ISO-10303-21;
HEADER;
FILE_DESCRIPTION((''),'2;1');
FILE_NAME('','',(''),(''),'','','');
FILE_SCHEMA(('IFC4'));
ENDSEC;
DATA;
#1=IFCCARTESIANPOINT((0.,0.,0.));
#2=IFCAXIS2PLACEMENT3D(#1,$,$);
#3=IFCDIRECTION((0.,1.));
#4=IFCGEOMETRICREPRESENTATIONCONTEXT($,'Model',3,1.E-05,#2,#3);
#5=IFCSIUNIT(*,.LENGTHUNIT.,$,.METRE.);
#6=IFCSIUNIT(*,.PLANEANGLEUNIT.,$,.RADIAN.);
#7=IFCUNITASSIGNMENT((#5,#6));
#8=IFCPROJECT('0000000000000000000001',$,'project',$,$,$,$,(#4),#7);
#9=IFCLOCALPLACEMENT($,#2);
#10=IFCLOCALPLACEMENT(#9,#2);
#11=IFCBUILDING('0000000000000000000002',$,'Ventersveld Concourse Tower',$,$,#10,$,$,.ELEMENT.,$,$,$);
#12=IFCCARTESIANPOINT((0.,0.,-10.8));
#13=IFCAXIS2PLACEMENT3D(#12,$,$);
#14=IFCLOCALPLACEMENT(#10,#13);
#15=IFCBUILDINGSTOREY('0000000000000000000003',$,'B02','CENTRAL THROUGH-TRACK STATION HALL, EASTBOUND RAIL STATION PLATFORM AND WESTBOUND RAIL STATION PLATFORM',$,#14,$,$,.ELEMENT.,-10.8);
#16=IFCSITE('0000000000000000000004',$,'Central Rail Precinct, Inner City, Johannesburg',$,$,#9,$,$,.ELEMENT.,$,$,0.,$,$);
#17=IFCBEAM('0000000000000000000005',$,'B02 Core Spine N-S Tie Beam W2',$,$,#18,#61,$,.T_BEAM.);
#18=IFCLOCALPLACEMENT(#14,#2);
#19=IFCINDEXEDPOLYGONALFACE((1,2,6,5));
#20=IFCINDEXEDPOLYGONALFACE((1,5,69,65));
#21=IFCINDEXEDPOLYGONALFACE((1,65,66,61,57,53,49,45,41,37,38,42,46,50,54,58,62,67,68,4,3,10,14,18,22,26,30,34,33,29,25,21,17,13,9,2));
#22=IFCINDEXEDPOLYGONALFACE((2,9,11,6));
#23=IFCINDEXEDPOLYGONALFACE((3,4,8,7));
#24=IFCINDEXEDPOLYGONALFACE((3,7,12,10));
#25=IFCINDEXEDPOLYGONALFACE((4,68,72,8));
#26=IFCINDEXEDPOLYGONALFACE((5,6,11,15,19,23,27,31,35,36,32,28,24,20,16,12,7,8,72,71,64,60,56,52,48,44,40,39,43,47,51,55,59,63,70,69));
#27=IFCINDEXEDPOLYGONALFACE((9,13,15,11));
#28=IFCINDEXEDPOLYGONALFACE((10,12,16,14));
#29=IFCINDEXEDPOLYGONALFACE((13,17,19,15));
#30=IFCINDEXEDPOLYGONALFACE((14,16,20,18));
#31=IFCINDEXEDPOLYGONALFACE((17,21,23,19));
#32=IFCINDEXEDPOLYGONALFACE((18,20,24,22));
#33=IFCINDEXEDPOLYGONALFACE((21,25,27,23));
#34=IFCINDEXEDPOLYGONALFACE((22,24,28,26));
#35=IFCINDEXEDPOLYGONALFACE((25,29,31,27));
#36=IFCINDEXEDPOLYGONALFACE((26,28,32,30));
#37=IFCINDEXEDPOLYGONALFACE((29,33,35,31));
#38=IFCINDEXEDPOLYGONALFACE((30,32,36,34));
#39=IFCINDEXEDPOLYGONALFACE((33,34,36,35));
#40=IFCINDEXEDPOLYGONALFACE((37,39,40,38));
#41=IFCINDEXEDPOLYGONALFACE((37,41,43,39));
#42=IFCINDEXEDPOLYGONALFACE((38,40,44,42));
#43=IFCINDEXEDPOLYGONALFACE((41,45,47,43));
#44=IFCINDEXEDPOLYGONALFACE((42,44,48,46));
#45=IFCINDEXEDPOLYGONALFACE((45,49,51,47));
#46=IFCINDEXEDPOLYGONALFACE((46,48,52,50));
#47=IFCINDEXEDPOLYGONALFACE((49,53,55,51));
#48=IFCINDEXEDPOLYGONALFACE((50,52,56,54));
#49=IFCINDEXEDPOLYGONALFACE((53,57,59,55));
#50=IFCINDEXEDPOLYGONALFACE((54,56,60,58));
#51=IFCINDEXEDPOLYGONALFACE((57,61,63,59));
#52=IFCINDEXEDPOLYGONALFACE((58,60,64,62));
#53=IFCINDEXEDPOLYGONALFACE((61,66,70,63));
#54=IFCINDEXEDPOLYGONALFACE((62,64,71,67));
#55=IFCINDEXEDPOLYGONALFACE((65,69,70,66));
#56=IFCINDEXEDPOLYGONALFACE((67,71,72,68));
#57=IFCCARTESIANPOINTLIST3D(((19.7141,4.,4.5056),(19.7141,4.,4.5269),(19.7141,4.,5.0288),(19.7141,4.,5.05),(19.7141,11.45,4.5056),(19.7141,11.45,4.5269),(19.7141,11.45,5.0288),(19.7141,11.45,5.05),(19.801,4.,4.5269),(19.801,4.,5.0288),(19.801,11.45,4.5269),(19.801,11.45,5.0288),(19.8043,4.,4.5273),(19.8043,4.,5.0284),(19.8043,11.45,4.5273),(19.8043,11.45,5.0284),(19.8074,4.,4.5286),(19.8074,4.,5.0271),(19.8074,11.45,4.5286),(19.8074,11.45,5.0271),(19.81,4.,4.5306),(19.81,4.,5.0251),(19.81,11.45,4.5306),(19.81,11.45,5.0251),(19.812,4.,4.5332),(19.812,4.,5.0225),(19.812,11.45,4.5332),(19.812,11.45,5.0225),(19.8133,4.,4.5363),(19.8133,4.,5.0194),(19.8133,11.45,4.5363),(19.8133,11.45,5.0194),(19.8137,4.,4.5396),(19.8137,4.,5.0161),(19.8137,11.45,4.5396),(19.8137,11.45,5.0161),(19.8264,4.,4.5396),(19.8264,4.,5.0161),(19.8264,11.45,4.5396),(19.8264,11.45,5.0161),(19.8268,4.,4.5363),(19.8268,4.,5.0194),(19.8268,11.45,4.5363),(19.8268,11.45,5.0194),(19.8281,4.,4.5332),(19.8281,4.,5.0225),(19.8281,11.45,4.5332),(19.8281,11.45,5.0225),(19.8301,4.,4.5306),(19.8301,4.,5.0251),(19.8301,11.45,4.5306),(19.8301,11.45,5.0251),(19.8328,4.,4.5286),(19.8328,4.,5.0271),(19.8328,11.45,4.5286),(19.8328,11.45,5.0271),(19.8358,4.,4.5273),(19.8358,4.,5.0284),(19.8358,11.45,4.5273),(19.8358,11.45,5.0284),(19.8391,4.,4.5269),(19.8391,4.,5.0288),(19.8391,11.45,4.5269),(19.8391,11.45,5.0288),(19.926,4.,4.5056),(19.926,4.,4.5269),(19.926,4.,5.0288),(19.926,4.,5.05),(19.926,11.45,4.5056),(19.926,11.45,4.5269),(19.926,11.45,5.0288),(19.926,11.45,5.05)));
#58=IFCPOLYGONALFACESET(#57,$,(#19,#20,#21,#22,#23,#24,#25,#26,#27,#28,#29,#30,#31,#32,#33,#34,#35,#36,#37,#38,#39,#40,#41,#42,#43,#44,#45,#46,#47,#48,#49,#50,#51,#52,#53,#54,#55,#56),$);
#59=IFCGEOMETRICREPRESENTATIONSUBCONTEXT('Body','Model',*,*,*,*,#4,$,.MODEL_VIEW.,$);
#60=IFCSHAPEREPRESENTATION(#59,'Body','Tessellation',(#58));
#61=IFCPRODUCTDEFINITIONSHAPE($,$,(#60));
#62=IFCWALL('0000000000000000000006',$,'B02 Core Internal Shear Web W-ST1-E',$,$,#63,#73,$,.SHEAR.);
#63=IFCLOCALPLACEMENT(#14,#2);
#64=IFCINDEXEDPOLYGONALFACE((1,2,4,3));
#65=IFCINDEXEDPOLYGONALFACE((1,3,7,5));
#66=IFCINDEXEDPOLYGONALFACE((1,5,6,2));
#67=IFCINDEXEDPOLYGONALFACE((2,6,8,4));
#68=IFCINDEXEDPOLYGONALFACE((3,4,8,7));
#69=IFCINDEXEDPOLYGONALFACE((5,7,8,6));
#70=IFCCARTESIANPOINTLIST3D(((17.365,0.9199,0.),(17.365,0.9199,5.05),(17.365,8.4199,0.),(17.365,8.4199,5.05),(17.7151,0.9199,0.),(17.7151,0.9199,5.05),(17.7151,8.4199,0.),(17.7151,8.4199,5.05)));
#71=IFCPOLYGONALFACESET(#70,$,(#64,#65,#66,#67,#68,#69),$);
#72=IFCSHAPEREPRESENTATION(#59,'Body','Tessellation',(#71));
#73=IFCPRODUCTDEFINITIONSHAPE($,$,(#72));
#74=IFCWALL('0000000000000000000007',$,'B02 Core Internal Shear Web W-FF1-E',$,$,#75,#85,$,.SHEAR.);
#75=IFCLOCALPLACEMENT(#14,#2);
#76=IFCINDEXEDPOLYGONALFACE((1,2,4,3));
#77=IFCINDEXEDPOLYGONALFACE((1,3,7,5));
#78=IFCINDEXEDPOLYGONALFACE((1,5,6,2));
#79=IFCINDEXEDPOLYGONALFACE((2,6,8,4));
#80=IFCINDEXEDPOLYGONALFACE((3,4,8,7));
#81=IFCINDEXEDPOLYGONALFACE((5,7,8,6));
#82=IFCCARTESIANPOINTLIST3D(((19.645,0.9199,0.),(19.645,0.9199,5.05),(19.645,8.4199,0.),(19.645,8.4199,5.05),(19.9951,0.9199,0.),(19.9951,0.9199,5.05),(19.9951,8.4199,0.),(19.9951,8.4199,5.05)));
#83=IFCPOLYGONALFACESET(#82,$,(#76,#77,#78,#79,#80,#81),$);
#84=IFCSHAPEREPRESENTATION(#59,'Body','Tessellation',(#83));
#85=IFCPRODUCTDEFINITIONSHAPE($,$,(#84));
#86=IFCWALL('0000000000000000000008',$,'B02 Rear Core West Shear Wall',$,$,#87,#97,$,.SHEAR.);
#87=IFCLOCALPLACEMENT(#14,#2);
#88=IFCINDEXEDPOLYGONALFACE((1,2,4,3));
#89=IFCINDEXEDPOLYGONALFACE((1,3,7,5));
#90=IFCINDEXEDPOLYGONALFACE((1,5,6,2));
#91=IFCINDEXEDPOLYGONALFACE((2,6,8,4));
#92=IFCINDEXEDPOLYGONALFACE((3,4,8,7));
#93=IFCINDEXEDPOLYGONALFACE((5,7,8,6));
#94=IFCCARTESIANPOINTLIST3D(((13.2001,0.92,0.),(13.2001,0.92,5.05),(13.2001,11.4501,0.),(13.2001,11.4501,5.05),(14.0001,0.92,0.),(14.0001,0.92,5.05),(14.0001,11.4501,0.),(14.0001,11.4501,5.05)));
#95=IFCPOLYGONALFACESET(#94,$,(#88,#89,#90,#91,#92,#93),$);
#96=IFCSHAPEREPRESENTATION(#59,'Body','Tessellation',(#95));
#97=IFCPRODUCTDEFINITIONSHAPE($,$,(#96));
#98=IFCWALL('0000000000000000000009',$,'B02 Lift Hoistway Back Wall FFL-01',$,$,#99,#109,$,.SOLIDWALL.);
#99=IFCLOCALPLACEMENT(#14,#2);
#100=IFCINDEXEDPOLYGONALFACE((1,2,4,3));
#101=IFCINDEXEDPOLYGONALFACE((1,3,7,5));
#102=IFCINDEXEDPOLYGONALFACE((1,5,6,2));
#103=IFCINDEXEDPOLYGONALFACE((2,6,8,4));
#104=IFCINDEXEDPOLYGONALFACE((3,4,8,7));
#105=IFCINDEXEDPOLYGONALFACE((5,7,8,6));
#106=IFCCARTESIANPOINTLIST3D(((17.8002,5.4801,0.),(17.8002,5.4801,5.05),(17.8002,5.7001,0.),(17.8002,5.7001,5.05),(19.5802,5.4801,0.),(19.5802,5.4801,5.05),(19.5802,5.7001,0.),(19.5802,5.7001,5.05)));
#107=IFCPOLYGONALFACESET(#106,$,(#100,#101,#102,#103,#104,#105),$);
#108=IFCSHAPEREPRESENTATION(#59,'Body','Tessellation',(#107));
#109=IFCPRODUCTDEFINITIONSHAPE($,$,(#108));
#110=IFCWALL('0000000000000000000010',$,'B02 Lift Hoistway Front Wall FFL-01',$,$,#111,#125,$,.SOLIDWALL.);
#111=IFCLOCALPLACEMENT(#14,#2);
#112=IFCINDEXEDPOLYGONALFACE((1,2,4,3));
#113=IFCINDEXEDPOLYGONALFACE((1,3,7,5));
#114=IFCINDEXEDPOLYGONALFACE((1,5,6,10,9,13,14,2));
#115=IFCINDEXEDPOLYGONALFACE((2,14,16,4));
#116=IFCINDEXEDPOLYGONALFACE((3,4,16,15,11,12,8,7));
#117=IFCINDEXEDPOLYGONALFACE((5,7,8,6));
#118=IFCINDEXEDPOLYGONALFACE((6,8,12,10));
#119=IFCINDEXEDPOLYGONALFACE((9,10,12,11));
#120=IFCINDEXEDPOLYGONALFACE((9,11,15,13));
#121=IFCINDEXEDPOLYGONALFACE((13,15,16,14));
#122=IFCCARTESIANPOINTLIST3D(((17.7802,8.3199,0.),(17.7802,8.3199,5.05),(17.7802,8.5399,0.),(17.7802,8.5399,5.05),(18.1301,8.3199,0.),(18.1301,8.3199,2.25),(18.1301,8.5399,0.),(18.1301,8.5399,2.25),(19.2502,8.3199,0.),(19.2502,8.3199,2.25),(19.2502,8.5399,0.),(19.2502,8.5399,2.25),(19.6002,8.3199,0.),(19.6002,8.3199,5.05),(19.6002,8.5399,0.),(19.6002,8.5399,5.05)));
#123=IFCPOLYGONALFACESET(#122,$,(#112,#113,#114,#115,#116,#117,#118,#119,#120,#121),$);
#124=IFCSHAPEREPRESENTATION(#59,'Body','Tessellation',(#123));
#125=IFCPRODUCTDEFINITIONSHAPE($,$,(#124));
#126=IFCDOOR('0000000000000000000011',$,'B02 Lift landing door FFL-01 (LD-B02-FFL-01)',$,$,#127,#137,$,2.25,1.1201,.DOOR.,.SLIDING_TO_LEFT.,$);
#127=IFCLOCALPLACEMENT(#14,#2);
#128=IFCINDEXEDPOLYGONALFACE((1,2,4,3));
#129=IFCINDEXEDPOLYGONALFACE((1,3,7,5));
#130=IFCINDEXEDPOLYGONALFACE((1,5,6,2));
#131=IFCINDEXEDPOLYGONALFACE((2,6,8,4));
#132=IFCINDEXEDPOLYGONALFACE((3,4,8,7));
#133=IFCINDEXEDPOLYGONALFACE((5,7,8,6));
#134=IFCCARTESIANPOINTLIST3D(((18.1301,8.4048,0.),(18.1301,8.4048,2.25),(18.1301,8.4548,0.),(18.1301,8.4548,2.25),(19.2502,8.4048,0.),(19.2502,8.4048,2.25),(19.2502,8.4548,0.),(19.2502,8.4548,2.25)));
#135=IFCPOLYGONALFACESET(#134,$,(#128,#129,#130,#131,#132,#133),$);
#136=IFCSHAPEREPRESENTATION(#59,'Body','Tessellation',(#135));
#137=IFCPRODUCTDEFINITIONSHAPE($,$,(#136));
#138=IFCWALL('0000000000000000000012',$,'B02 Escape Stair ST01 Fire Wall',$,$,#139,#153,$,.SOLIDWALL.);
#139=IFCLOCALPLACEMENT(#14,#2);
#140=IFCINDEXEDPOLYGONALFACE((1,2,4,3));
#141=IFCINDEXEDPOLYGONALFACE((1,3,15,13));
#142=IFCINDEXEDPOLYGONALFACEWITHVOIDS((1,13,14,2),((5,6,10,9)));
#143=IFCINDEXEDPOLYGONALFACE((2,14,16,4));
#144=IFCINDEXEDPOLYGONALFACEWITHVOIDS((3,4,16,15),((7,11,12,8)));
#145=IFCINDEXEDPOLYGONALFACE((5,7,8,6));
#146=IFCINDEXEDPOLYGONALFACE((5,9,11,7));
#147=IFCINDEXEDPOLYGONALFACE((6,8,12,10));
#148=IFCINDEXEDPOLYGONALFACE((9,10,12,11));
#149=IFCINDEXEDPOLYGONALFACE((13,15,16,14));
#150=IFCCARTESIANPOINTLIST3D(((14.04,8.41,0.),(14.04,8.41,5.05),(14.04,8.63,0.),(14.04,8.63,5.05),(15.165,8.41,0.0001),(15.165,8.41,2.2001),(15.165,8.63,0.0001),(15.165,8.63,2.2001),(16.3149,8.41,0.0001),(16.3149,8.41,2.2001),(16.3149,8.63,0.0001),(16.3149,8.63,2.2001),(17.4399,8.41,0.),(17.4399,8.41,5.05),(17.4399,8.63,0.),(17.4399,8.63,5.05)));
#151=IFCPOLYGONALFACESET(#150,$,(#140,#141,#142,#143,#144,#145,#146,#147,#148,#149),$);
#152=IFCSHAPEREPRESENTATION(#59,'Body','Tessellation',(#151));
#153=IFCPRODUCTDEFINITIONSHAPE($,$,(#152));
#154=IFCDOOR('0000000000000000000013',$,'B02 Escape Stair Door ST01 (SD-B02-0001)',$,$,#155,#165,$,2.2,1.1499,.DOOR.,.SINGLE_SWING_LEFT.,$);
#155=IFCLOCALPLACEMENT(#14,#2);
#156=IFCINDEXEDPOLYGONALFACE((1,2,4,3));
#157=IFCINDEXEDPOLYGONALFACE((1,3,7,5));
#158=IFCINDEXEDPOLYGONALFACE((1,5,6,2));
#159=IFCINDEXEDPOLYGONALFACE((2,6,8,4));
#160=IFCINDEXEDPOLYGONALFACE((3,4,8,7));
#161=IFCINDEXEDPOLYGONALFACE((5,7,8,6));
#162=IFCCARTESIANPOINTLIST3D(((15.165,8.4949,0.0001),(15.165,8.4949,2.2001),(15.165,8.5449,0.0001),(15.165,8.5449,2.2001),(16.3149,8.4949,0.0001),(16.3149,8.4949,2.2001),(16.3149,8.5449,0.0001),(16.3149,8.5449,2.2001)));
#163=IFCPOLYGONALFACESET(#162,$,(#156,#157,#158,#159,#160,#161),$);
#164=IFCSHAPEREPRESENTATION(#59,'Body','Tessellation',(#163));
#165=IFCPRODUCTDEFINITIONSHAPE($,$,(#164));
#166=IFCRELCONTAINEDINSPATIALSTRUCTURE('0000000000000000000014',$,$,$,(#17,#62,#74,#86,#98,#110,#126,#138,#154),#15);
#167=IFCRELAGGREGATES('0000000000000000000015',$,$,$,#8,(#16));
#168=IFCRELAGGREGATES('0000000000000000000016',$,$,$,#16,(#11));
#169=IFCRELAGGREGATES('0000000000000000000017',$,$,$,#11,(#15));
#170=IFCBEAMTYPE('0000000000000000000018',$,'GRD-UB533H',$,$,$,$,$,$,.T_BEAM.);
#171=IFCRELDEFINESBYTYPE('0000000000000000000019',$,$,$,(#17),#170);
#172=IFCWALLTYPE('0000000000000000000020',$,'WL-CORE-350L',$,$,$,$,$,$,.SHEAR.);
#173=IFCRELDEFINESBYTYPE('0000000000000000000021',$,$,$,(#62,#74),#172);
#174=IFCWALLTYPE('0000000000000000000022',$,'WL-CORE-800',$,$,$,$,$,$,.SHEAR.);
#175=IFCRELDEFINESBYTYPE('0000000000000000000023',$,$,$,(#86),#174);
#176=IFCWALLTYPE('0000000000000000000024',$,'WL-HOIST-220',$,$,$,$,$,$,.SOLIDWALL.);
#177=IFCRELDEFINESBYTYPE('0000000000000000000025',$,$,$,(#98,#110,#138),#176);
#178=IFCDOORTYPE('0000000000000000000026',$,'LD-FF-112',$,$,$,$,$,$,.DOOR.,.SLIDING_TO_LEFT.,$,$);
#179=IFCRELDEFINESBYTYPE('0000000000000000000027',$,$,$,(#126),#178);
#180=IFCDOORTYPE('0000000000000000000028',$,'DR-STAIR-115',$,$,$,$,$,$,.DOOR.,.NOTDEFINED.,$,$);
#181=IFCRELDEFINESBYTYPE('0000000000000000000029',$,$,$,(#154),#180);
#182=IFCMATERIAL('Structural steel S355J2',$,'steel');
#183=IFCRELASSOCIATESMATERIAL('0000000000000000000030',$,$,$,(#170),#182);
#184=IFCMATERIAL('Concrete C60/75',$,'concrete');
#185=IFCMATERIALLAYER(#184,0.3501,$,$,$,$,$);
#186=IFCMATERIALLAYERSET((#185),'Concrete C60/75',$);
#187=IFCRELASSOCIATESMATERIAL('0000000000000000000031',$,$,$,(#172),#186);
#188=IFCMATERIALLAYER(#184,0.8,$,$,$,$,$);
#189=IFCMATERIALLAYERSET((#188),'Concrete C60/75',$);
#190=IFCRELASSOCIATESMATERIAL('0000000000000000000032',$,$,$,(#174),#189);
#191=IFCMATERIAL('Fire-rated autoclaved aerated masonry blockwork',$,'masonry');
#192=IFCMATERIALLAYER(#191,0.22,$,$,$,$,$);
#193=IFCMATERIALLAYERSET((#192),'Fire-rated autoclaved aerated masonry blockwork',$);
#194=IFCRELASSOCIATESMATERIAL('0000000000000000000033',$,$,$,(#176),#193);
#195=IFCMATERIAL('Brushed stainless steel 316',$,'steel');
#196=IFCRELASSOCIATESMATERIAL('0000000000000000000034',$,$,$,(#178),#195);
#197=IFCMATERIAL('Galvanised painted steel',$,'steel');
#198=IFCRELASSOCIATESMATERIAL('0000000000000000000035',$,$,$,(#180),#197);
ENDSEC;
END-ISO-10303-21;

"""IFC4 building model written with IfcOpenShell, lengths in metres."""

from ifc_helpers import new_model, si_unit, direction, frame, frame_2d, origin, origin_2d, place, context, subcontext, project, spatial, rectangle, i_section, extrude, material, layer, layer_set, material_profile, profile_set, type_object, element, fill, save


model = new_model("IFC4")

# Units and contexts
model_context = context("Model", 3, precision=1e-05, world=origin(), true_north=direction((0.0, 1.0)))
body_context = subcontext(model_context, "Body", "Model", "MODEL_VIEW")
ifc_project = project(units=[si_unit("LENGTHUNIT", "METRE"), si_unit("PLANEANGLEUNIT", "RADIAN")], contexts=[model_context])

# Site, building, storey
site_placement = place(None, origin())
site = spatial("IfcSite", under=ifc_project, at=site_placement, Name="Central Rail Precinct, Inner City, Johannesburg", CompositionType="ELEMENT", RefElevation=0.0)
building_placement = place(site_placement, origin())
building = spatial("IfcBuilding", under=site, at=building_placement, Name="Ventersveld Concourse Tower", CompositionType="ELEMENT")
storey_placement = place(building_placement, frame((0.0, 0.0, -10.8)))
storey = spatial("IfcBuildingStorey", under=building, at=storey_placement, Name="B02", Description="CENTRAL THROUGH-TRACK STATION HALL, EASTBOUND RAIL STATION PLATFORM AND WESTBOUND RAIL STATION PLATFORM", CompositionType="ELEMENT", Elevation=-10.8)

# Beam
ifc_material_1 = material(Name="Structural steel S355J2", Category="steel")
ifc_material_profile_1 = material_profile(ifc_material_1, i_section(OverallWidth=0.2119, OverallDepth=0.5444, WebThickness=0.0127, FlangeThickness=0.0212, FilletRadius=0.0127, at=origin_2d()), Name="UB 533x210x122")
ifc_profile_set_1 = profile_set([ifc_material_profile_1], Name="Structural steel S355J2")
beam_type = type_object("IfcBeamType", Name="GRD-UB533H", PredefinedType="T_BEAM", material=ifc_profile_set_1)
beam_1_placement = place(storey_placement, frame((19.8201, 4.0, 4.7778), z_axis=(0.0, 1.0, 0.0), x_axis=(-1.0, 0.0, 0.0)))
element("IfcBeam", 1, at=beam_1_placement, inside=storey, type_object=beam_type, Name="B02 Core Spine N-S Tie Beam W2", PredefinedType="T_BEAM", context=body_context, shape_type="SweptSolid", body=[
    extrude(i_section(OverallWidth=0.2119, OverallDepth=0.5444, WebThickness=0.0127, FlangeThickness=0.0212, FilletRadius=0.0127, at=origin_2d()), origin(), (0.0, 0.0, 1.0), 7.45),
])

# Walls
ifc_material_2 = material(Name="Concrete C60/75", Category="concrete")
ifc_layer_1 = layer(ifc_material_2, 0.3501)
ifc_layer_set_1 = layer_set([ifc_layer_1], Name="Concrete C60/75")
wall_type_1 = type_object("IfcWallType", Name="WL-CORE-350L", PredefinedType="SHEAR", material=ifc_layer_set_1)
for number, where, z_axis, x_axis, name in (
    (2, (17.54, 0.9199, 0.0), (0.0, 0.0, 1.0), (0.0, 1.0, 0.0), "B02 Core Internal Shear Web W-ST1-E"),
    (3, (19.8201, 0.9199, 0.0), (0.0, 0.0, 1.0), (0.0, 1.0, 0.0), "B02 Core Internal Shear Web W-FF1-E"),
):
    element("IfcWall", number, at=place(storey_placement, frame(where, z_axis=z_axis, x_axis=x_axis)), inside=storey, type_object=wall_type_1, Name=name, PredefinedType="SHEAR", context=body_context, shape_type="SweptSolid", body=[
        extrude(rectangle(XDim=7.5, YDim=0.3501, at=frame_2d((3.75, 0.0))), origin(), (0.0, 0.0, 1.0), 5.05),
    ])
ifc_layer_2 = layer(ifc_material_2, 0.8)
ifc_layer_set_2 = layer_set([ifc_layer_2], Name="Concrete C60/75")
wall_type_2 = type_object("IfcWallType", Name="WL-CORE-800", PredefinedType="SHEAR", material=ifc_layer_set_2)
wall_1_placement = place(storey_placement, frame((13.6001, 0.9199, 0.0), z_axis=(0.0, 0.0, 1.0), x_axis=(0.0, 1.0, 0.0)))
element("IfcWall", 4, at=wall_1_placement, inside=storey, type_object=wall_type_2, Name="B02 Rear Core West Shear Wall", PredefinedType="SHEAR", context=body_context, shape_type="SweptSolid", body=[
    extrude(rectangle(XDim=10.53, YDim=0.8, at=frame_2d((5.2651, 0.0))), origin(), (0.0, 0.0, 1.0), 5.05),
])
ifc_material_3 = material(Name="Fire-rated autoclaved aerated masonry blockwork", Category="masonry")
ifc_layer_3 = layer(ifc_material_3, 0.22)
ifc_layer_set_3 = layer_set([ifc_layer_3], Name="Fire-rated autoclaved aerated masonry blockwork")
wall_type_3 = type_object("IfcWallType", Name="WL-HOIST-220", PredefinedType="SOLIDWALL", material=ifc_layer_set_3)
wall_2_placement = place(storey_placement, frame((17.8, 5.5901, 0.0), z_axis=(0.0, 0.0, 1.0), x_axis=(1.0, 0.0, 0.0)))
element("IfcWall", 5, at=wall_2_placement, inside=storey, type_object=wall_type_3, Name="B02 Lift Hoistway Back Wall FFL-01", PredefinedType="SOLIDWALL", context=body_context, shape_type="SweptSolid", body=[
    extrude(rectangle(XDim=1.78, YDim=0.22, at=frame_2d((0.8901, 0.0))), origin(), (0.0, 0.0, 1.0), 5.05),
])

# Walls, openings, doors
wall_3_placement = place(storey_placement, frame((17.78, 8.4299, 0.0), z_axis=(0.0, 0.0, 1.0), x_axis=(1.0, 0.0, 0.0)))
wall_3 = element("IfcWall", 6, at=wall_3_placement, inside=storey, type_object=wall_type_3, Name="B02 Lift Hoistway Front Wall FFL-01", PredefinedType="SOLIDWALL", context=body_context, shape_type="SweptSolid", body=[
    extrude(rectangle(XDim=1.8201, YDim=0.22, at=frame_2d((0.9102, 0.0))), origin(), (0.0, 0.0, 1.0), 5.05),
])
opening_1_placement = place(wall_3_placement, frame((0.3501, 0.0, 0.0)))
opening_1 = element("IfcOpeningElement", 7, at=opening_1_placement, cuts=wall_3, PredefinedType="OPENING", context=body_context, shape_type="SweptSolid", body=[
    extrude(rectangle(XDim=1.1201, YDim=2.25, at=frame_2d((0.5601, 1.125))), frame((0.0, 0.1201, 0.0), z_axis=(0.0, -1.0, 0.0), x_axis=(1.0, 0.0, 0.0)), (0.0, 0.0, 1.0), 0.24),
])
ifc_material_4 = material(Name="Brushed stainless steel 316", Category="steel")
door_type_1 = type_object("IfcDoorType", Name="LD-FF-112", OperationType="SLIDING_TO_LEFT", PredefinedType="DOOR", material=ifc_material_4)
door_1_placement = place(opening_1_placement, origin())
door_1 = element("IfcDoor", 8, at=door_1_placement, inside=storey, type_object=door_type_1, Name="B02 Lift landing door FFL-01 (LD-B02-FFL-01)", OperationType="SLIDING_TO_LEFT", OverallHeight=2.25, OverallWidth=1.1201, PredefinedType="DOOR", context=body_context, shape_type="SweptSolid", body=[
    extrude(rectangle(XDim=1.1201, YDim=2.25, at=frame_2d((0.5601, 1.125))), frame((0.0, 0.0249, 0.0), z_axis=(0.0, -1.0, 0.0), x_axis=(1.0, 0.0, 0.0)), (0.0, 0.0, 1.0), 0.05),
])
fill(opening_1, door_1)
wall_4_placement = place(storey_placement, frame((14.04, 8.52, 0.0), z_axis=(0.0, 0.0, 1.0), x_axis=(1.0, 0.0, 0.0)))
wall_4 = element("IfcWall", 9, at=wall_4_placement, inside=storey, type_object=wall_type_3, Name="B02 Escape Stair ST01 Fire Wall", PredefinedType="SOLIDWALL", context=body_context, shape_type="SweptSolid", body=[
    extrude(rectangle(XDim=3.3999, YDim=0.22, at=frame_2d((1.7, 0.0))), origin(), (0.0, 0.0, 1.0), 5.05),
])
opening_2_placement = place(wall_4_placement, frame((1.125, 0.0, 0.0)))
opening_2 = element("IfcOpeningElement", 10, at=opening_2_placement, cuts=wall_4, PredefinedType="OPENING", context=body_context, shape_type="SweptSolid", body=[
    extrude(rectangle(XDim=1.1499, YDim=2.2, at=frame_2d((0.575, 1.1001))), frame((0.0, 0.1201, 0.0), z_axis=(0.0, -1.0, 0.0), x_axis=(1.0, 0.0, 0.0)), (0.0, 0.0, 1.0), 0.24),
])
ifc_material_5 = material(Name="Galvanised painted steel", Category="steel")
door_type_2 = type_object("IfcDoorType", Name="DR-STAIR-115", OperationType="NOTDEFINED", PredefinedType="DOOR", material=ifc_material_5)
door_2_placement = place(opening_2_placement, origin())
door_2 = element("IfcDoor", 11, at=door_2_placement, inside=storey, type_object=door_type_2, Name="B02 Escape Stair Door ST01 (SD-B02-0001)", OperationType="SINGLE_SWING_LEFT", OverallHeight=2.2, OverallWidth=1.1499, PredefinedType="DOOR", context=body_context, shape_type="SweptSolid", body=[
    extrude(rectangle(XDim=1.1499, YDim=2.2, at=frame_2d((0.575, 1.1001))), frame((0.0, 0.0249, 0.0), z_axis=(0.0, -1.0, 0.0), x_axis=(1.0, 0.0, 0.0)), (0.0, 0.0, 1.0), 0.05),
])
fill(opening_2, door_2)

save(model, "model.ifc")
